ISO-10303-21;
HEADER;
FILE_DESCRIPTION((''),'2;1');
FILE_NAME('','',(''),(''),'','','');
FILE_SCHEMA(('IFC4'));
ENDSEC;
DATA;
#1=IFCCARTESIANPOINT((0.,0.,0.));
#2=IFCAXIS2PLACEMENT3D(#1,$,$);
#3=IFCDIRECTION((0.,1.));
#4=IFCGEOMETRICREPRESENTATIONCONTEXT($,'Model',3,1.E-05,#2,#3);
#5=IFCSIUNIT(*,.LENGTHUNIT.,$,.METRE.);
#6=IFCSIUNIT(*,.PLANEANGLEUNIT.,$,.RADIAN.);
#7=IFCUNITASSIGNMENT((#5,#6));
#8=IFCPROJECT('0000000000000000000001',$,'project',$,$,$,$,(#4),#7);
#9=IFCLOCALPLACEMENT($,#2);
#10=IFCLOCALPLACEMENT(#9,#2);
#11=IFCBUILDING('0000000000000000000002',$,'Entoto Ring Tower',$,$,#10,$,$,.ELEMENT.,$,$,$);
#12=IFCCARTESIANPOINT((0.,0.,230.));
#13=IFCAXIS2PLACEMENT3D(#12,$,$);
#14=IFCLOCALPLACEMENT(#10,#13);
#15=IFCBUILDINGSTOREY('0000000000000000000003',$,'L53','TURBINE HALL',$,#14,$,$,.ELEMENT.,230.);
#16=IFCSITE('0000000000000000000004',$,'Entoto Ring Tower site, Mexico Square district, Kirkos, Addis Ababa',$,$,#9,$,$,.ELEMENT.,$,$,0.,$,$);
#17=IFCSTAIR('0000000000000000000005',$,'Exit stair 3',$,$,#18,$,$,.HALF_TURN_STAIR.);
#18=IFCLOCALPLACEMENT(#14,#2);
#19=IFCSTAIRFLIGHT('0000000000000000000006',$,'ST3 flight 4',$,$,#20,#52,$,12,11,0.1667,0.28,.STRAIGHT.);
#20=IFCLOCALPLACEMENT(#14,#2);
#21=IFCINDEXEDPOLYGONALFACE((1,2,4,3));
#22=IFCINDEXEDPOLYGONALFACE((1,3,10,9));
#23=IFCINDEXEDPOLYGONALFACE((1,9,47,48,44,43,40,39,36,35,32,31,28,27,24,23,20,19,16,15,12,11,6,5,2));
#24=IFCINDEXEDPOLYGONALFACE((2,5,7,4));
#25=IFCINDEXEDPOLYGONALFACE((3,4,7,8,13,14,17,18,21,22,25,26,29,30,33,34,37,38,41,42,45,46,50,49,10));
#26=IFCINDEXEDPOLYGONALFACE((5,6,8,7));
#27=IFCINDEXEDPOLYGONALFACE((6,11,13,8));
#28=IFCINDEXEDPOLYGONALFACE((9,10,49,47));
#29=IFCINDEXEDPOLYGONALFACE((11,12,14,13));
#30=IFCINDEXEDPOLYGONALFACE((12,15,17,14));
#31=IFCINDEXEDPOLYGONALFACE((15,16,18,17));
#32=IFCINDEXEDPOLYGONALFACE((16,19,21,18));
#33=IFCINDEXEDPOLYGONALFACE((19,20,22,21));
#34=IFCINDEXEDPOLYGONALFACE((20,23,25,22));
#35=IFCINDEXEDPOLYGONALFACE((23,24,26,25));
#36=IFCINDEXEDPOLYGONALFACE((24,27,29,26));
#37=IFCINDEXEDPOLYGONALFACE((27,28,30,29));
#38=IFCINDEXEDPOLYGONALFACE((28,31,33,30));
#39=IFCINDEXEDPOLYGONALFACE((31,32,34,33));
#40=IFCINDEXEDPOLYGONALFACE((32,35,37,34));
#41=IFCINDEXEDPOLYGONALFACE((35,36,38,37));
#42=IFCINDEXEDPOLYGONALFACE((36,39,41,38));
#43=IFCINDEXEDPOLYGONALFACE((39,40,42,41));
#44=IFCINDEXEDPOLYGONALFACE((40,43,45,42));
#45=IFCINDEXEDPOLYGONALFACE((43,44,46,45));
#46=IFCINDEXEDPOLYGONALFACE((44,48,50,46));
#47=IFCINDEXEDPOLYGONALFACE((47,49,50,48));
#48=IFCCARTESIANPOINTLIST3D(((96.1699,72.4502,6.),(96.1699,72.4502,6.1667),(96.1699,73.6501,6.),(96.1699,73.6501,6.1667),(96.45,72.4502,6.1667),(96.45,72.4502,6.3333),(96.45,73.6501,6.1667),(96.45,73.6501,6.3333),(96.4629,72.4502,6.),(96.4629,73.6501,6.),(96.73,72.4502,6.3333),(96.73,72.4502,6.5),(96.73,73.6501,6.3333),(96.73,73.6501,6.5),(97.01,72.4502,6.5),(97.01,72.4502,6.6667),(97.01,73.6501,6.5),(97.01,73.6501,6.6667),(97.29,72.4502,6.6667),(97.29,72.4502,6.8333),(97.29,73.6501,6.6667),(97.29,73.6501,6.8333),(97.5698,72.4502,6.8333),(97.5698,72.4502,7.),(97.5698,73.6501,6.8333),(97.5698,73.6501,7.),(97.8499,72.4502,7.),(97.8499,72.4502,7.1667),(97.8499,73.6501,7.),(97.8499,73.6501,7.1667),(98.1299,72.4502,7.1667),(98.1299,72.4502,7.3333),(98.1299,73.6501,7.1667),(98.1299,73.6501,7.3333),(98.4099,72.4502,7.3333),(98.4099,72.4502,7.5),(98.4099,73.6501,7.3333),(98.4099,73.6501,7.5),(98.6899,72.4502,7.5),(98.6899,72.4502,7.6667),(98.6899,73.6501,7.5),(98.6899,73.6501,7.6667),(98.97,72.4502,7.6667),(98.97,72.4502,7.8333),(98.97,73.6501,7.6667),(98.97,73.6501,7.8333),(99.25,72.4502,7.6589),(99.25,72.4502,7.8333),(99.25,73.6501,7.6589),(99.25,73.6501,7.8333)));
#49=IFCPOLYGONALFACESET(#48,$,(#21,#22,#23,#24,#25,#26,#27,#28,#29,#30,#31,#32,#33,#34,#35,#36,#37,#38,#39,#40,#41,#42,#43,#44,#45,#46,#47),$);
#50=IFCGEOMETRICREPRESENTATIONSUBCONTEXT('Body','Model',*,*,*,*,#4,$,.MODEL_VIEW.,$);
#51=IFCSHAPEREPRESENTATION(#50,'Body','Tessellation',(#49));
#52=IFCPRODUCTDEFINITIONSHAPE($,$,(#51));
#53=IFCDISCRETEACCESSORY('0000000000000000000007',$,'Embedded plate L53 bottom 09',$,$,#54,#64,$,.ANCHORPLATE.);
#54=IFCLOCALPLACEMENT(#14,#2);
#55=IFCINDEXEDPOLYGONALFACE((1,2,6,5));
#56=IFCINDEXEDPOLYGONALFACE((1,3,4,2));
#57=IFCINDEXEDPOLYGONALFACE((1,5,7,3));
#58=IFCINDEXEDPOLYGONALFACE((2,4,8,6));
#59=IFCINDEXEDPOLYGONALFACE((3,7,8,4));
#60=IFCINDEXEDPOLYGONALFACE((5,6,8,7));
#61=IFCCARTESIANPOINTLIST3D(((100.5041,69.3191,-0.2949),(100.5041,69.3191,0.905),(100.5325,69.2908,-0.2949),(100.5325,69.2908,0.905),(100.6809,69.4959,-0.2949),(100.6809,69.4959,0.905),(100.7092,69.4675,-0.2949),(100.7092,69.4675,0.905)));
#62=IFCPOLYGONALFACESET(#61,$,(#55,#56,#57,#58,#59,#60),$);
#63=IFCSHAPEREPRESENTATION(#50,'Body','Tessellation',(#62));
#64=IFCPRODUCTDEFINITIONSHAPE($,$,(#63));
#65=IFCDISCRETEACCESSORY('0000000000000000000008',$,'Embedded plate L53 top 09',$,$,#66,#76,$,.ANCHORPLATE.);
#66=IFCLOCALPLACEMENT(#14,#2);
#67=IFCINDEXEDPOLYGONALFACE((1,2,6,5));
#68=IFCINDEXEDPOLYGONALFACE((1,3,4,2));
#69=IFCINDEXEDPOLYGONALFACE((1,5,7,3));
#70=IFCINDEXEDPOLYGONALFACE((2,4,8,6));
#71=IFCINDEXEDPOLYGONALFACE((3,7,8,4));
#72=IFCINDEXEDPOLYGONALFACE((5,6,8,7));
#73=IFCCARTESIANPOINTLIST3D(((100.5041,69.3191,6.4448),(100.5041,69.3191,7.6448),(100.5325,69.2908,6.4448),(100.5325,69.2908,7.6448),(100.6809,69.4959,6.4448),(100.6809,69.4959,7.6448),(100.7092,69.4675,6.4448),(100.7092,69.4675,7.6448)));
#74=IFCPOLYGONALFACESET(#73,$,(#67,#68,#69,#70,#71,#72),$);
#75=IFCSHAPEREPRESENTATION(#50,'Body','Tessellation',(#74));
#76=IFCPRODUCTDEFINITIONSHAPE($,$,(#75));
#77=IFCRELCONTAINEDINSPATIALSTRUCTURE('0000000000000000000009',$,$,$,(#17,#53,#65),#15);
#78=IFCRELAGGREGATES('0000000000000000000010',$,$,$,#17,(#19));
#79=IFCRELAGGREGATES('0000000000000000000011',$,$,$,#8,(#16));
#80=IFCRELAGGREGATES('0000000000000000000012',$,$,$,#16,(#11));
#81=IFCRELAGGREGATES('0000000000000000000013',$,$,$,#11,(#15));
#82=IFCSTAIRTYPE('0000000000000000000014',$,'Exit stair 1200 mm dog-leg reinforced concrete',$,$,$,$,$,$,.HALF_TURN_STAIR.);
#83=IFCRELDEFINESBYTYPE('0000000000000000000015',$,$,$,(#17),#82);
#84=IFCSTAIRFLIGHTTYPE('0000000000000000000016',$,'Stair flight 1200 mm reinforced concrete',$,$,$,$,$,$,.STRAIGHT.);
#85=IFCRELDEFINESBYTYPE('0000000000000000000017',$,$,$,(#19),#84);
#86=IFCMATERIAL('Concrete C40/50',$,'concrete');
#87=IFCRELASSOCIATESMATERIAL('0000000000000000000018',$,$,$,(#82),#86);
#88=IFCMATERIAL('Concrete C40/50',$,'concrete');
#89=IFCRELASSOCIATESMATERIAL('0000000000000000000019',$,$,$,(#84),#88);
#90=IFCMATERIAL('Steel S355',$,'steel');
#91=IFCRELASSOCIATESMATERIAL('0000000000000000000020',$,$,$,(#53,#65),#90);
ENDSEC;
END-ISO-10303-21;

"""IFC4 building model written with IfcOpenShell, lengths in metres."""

from ifc_helpers import new_model, si_unit, direction, frame, origin, origin_2d, place, context, subcontext, project, spatial, polyline, rectangle, outline, extrude, material, type_object, element, aggregate, save


model = new_model("IFC4")

# Units and contexts
model_context = context("Model", 3, precision=1e-05, world=origin(), true_north=direction((0.0, 1.0)))
body_context = subcontext(model_context, "Body", "Model", "MODEL_VIEW")
ifc_project = project(units=[si_unit("LENGTHUNIT", "METRE"), si_unit("PLANEANGLEUNIT", "RADIAN")], contexts=[model_context])

# Site, building, storey
site_placement = place(None, origin())
site = spatial("IfcSite", under=ifc_project, at=site_placement, Name="Entoto Ring Tower site, Mexico Square district, Kirkos, Addis Ababa", CompositionType="ELEMENT", RefElevation=0.0)
building_placement = place(site_placement, origin())
building = spatial("IfcBuilding", under=site, at=building_placement, Name="Entoto Ring Tower", CompositionType="ELEMENT")
storey_placement = place(building_placement, frame((0.0, 0.0, 230.0)))
storey = spatial("IfcBuildingStorey", under=building, at=storey_placement, Name="L53", Description="TURBINE HALL", CompositionType="ELEMENT", Elevation=230.0)

# Stair, stair flight
ifc_material_1 = material(Name="Concrete C40/50", Category="concrete")
stair_type = type_object("IfcStairType", Name="Exit stair 1200 mm dog-leg reinforced concrete", PredefinedType="HALF_TURN_STAIR", material=ifc_material_1)
stair_placement = place(storey_placement, origin())
stair = element("IfcStair", 1, at=stair_placement, inside=storey, type_object=stair_type, Name="Exit stair 3", PredefinedType="HALF_TURN_STAIR")
ifc_material_2 = material(Name="Concrete C40/50", Category="concrete")
stair_flight_type = type_object("IfcStairFlightType", Name="Stair flight 1200 mm reinforced concrete", PredefinedType="STRAIGHT", material=ifc_material_2)
stair_flight_1_placement = place(storey_placement, frame((96.1699, 73.05, 6.0), z_axis=(0.0, 0.0, 1.0), x_axis=(1.0, 0.0, 0.0)))
stair_flight_1 = element("IfcStairFlight", 2, at=stair_flight_1_placement, type_object=stair_flight_type, Name="ST3 flight 4", NumberOfRisers=12, NumberOfTreads=11, PredefinedType="STRAIGHT", RiserHeight=0.1667, TreadLength=0.28, context=body_context, shape_type="SweptSolid", body=[
    extrude(outline(polyline([(0.0, 0.0), (0.0, 0.1667), (0.28, 0.1667), (0.28, 0.3333), (0.5601, 0.3333), (0.5601, 0.5), (0.8401, 0.5), (0.8401, 0.6667), (1.1201, 0.6667), (1.1201, 0.8333), (1.3999, 0.8333), (1.3999, 1.0), (1.6799, 1.0), (1.6799, 1.1667), (1.96, 1.1667), (1.96, 1.3333), (2.24, 1.3333), (2.24, 1.5), (2.52, 1.5), (2.52, 1.6667), (2.8, 1.6667), (2.8, 1.8333), (3.0801, 1.8333), (3.0801, 2.0), (3.0801, 1.6589), (0.293, 0.0), (0.0, 0.0)])), frame((0.0, 0.6001, 0.0), z_axis=(0.0, -1.0, 0.0), x_axis=(1.0, 0.0, 0.0)), (0.0, 0.0, 1.0), 1.2),
])
aggregate(stair, [stair_flight_1])

# Discrete accessories
ifc_material_3 = material(Name="Steel S355", Category="steel")
for number, where, z_axis, x_axis, name in (
    (3, (100.6067, 69.3933, -0.2949), (0.0, 0.0, 1.0), (0.707107, -0.707107, 0.0), "Embedded plate L53 bottom 09"),
    (4, (100.6067, 69.3933, 6.4448), (0.0, 0.0, 1.0), (0.707107, -0.707107, 0.0), "Embedded plate L53 top 09"),
):
    element("IfcDiscreteAccessory", number, at=place(storey_placement, frame(where, z_axis=z_axis, x_axis=x_axis)), inside=storey, material=ifc_material_3, Name=name, PredefinedType="ANCHORPLATE", context=body_context, shape_type="SweptSolid", body=[
        extrude(rectangle(XDim=0.04, YDim=0.25, at=origin_2d()), origin(), (0.0, 0.0, 1.0), 1.2),
    ])

save(model, "model.ifc")
